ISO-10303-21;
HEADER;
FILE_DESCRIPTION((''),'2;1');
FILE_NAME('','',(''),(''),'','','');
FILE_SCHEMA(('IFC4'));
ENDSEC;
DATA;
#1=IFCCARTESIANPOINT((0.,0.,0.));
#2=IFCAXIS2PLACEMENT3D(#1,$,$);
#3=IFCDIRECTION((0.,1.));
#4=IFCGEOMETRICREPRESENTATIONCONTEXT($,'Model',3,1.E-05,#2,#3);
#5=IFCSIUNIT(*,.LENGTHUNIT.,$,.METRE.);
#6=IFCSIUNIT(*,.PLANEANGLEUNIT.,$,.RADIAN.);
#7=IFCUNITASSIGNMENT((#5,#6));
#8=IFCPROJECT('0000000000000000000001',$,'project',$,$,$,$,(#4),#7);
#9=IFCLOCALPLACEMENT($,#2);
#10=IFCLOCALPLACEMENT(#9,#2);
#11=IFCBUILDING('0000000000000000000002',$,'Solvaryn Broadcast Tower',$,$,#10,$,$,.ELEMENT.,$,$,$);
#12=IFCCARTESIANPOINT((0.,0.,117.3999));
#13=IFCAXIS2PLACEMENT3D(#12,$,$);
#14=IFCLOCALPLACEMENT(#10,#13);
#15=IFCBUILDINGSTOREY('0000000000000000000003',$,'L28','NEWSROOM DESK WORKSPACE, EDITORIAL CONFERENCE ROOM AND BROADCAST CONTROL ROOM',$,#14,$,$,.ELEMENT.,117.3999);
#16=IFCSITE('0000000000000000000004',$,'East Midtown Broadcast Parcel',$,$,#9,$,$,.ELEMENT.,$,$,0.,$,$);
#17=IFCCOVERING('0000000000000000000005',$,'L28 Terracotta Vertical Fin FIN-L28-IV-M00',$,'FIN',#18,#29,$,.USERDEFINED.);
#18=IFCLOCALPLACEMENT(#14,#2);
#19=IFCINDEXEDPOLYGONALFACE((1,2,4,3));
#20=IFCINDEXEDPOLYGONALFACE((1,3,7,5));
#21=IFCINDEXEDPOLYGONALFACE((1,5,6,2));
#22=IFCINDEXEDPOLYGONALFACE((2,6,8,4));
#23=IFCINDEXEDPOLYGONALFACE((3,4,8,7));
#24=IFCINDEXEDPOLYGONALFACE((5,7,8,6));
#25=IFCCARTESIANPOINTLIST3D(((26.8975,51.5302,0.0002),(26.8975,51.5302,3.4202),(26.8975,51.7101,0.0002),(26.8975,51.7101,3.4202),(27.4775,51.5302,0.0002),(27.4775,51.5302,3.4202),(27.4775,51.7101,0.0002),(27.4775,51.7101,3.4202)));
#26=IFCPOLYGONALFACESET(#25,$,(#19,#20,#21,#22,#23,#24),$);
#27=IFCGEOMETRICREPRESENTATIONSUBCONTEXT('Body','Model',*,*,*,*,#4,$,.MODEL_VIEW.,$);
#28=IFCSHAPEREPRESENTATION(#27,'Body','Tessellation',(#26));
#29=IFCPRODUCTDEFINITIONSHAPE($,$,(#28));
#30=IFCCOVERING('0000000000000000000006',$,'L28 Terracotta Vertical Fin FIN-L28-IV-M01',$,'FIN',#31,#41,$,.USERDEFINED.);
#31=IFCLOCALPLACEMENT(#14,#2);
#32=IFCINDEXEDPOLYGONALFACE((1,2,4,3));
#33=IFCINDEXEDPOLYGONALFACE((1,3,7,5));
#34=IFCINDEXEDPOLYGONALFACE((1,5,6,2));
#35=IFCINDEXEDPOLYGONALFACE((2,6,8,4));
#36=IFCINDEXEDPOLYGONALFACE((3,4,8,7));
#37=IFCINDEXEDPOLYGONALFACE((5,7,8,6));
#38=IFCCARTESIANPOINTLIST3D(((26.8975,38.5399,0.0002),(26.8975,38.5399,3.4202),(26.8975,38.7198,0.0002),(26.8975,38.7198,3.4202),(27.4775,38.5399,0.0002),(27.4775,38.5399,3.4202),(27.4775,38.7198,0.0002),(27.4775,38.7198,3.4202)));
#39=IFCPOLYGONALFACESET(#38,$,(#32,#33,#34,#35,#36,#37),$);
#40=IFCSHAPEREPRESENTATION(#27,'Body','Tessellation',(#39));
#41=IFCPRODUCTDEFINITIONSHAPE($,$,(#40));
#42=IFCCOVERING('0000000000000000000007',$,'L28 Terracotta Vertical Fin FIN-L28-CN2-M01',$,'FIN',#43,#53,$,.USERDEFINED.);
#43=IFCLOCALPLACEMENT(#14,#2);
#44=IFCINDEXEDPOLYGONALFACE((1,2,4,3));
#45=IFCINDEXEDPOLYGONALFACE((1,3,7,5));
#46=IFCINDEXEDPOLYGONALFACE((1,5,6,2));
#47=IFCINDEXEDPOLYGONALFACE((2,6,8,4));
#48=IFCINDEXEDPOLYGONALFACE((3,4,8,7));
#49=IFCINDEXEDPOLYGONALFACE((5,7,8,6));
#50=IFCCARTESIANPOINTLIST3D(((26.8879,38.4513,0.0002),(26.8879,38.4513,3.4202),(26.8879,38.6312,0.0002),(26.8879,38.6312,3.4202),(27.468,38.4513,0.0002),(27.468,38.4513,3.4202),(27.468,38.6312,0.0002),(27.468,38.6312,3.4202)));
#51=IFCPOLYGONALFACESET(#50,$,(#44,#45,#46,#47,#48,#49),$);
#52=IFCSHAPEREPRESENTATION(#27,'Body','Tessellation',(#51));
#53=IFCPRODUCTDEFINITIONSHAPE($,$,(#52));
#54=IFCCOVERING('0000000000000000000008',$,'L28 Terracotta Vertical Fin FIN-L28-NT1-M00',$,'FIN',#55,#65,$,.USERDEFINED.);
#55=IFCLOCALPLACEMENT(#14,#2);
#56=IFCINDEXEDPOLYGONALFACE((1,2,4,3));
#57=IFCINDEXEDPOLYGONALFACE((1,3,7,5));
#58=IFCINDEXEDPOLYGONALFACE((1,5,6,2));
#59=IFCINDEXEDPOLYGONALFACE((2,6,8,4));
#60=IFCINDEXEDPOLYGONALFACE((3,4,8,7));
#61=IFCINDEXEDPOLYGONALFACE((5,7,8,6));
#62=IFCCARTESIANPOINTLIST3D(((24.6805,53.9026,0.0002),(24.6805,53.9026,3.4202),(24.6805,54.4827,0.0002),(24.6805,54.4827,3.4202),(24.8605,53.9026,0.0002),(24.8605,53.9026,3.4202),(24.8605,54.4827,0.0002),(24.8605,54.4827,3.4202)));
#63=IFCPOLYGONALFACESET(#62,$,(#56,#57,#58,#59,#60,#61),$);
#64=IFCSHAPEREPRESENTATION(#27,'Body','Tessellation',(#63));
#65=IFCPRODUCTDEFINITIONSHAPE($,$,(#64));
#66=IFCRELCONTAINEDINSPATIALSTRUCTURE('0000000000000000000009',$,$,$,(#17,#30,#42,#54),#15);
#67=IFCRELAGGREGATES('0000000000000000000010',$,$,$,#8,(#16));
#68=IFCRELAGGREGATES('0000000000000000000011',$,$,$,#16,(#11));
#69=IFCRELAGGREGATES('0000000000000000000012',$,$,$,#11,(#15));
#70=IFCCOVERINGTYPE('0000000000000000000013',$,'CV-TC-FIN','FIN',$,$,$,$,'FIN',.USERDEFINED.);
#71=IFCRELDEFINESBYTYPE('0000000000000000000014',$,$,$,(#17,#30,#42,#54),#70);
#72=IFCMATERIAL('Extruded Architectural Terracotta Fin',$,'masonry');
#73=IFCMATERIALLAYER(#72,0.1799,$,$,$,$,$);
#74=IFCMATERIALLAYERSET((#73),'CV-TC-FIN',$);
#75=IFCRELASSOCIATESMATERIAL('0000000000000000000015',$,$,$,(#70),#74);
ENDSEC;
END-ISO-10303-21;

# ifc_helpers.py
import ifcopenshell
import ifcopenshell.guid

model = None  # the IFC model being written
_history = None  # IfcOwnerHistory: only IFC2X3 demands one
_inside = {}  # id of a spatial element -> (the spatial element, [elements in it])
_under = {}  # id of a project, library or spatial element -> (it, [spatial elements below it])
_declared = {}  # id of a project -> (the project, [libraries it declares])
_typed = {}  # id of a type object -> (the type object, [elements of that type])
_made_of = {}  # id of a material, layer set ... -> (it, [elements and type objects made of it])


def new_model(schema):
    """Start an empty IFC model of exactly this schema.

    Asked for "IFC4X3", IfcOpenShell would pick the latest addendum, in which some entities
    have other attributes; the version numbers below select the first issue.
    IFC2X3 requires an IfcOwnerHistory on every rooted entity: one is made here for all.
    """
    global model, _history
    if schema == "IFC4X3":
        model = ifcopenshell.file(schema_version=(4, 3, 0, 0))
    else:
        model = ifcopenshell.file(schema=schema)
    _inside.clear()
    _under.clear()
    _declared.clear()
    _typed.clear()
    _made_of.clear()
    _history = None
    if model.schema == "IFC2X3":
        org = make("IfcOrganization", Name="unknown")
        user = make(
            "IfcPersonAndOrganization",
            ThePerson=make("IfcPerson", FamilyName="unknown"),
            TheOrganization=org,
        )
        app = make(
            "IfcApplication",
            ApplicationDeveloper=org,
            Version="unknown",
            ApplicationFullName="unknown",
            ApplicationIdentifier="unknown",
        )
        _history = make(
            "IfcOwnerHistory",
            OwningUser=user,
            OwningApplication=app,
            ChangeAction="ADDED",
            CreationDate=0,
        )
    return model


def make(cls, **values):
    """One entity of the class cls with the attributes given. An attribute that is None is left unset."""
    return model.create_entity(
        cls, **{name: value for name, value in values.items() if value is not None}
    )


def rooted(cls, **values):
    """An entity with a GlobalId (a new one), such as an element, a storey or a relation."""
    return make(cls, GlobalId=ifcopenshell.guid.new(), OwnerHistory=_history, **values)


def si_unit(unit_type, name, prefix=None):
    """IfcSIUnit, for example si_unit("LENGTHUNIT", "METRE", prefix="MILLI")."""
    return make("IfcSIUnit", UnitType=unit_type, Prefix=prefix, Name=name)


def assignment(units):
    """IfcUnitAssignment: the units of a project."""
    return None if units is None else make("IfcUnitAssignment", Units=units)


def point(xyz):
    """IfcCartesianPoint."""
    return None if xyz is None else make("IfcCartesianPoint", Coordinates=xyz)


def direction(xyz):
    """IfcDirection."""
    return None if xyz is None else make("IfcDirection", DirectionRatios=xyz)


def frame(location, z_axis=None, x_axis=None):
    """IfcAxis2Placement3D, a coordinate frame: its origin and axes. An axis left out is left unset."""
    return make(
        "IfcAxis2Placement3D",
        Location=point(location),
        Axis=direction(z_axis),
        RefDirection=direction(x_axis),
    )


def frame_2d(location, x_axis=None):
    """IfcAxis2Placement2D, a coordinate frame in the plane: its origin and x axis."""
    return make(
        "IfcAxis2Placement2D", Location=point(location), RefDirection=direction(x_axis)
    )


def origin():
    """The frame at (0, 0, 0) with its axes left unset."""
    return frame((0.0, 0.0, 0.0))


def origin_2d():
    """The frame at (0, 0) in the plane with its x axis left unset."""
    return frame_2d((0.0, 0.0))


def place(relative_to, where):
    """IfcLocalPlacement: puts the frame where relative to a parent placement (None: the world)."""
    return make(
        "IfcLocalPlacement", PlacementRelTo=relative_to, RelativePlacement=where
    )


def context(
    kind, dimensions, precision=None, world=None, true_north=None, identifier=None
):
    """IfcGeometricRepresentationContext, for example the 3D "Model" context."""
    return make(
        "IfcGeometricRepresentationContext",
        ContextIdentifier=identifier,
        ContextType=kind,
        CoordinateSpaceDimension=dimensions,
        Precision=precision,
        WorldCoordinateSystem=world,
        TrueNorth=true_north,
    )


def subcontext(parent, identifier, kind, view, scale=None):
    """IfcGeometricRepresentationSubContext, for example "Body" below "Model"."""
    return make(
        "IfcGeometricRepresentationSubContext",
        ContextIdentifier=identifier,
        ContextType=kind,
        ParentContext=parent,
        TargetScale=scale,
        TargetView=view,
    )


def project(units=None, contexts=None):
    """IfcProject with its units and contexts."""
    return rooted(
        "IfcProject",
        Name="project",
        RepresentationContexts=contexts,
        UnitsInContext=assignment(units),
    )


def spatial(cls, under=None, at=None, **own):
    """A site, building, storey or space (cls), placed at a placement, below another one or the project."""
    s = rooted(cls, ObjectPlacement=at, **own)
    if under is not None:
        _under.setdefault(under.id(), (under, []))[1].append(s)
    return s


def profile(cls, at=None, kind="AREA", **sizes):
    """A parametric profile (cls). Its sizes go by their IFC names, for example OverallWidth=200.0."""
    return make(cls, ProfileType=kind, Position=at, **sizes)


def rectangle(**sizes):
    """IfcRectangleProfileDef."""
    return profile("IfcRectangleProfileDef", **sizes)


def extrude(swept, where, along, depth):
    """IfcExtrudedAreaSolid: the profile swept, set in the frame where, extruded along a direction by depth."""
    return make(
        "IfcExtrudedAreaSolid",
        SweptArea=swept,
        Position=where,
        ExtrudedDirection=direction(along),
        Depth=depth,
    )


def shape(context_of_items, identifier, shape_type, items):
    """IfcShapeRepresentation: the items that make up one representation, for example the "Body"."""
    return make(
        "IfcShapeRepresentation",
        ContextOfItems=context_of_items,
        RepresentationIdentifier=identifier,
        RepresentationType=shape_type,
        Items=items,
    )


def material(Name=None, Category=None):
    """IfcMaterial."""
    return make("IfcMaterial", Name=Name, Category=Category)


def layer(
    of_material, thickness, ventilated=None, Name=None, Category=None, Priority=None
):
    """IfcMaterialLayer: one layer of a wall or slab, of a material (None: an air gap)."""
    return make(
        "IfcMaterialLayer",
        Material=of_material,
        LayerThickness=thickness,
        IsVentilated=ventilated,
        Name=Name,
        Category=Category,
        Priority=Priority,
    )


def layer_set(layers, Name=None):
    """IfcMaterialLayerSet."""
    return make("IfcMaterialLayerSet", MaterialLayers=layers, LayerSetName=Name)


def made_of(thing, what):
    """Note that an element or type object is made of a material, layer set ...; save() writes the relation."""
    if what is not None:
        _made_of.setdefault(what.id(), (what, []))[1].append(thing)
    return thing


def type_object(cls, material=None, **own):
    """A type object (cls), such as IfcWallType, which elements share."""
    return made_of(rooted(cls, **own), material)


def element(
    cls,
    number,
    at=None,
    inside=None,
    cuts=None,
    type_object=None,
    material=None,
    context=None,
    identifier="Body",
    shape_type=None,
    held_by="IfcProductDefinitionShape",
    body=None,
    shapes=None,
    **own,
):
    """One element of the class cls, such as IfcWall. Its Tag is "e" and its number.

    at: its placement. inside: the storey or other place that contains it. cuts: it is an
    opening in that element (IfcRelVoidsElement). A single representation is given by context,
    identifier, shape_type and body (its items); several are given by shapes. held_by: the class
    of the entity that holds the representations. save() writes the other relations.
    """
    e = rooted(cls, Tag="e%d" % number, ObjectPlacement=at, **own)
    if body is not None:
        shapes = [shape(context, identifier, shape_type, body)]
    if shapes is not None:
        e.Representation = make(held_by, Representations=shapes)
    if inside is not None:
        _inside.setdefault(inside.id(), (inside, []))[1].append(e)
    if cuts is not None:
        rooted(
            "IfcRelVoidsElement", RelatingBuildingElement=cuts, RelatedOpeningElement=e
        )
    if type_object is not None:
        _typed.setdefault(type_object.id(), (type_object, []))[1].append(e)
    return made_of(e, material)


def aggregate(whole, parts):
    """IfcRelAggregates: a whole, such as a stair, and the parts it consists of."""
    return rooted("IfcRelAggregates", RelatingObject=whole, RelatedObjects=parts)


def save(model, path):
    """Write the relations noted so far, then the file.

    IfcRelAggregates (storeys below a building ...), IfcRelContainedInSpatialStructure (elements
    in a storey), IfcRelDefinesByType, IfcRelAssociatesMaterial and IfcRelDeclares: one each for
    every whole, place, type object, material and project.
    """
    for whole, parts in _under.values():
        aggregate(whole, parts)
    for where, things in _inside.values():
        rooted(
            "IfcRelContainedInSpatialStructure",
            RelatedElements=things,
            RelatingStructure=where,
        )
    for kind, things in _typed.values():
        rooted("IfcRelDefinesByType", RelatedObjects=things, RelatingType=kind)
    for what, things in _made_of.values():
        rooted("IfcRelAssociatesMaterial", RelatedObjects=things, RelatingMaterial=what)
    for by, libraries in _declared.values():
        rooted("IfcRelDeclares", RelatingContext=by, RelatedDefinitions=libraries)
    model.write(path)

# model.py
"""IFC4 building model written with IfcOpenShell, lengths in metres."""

from ifc_helpers import new_model, si_unit, direction, frame, origin, origin_2d, place, context, subcontext, project, spatial, rectangle, extrude, material, layer, layer_set, type_object, element, save


model = new_model("IFC4")

# Units and contexts
model_context = context("Model", 3, precision=1e-05, world=origin(), true_north=direction((0.0, 1.0)))
body_context = subcontext(model_context, "Body", "Model", "MODEL_VIEW")
ifc_project = project(units=[si_unit("LENGTHUNIT", "METRE"), si_unit("PLANEANGLEUNIT", "RADIAN")], contexts=[model_context])

# Site, building, storey
site_placement = place(None, origin())
site = spatial("IfcSite", under=ifc_project, at=site_placement, Name="East Midtown Broadcast Parcel", CompositionType="ELEMENT", RefElevation=0.0)
building_placement = place(site_placement, origin())
building = spatial("IfcBuilding", under=site, at=building_placement, Name="Solvaryn Broadcast Tower", CompositionType="ELEMENT")
storey_placement = place(building_placement, frame((0.0, 0.0, 117.3999)))
storey = spatial("IfcBuildingStorey", under=building, at=storey_placement, Name="L28", Description="NEWSROOM DESK WORKSPACE, EDITORIAL CONFERENCE ROOM AND BROADCAST CONTROL ROOM", CompositionType="ELEMENT", Elevation=117.3999)

# Coverings
ifc_material_1 = material(Name="Extruded Architectural Terracotta Fin", Category="masonry")
ifc_layer_1 = layer(ifc_material_1, 0.1799)
ifc_layer_set_1 = layer_set([ifc_layer_1], Name="CV-TC-FIN")
covering_type = type_object("IfcCoveringType", Name="CV-TC-FIN", Description="FIN", ElementType="FIN", PredefinedType="USERDEFINED", material=ifc_layer_set_1)
for number, where, z_axis, x_axis, name in (
    (1, (27.1875, 51.6201, 0.0002), (0.0, 0.0, 1.0), (1.0, 0.0, 0.0), "L28 Terracotta Vertical Fin FIN-L28-IV-M00"),
    (2, (27.1875, 38.6299, 0.0002), (0.0, 0.0, 1.0), (1.0, 0.0, 0.0), "L28 Terracotta Vertical Fin FIN-L28-IV-M01"),
    (3, (27.178, 38.5413, 0.0002), (0.0, 0.0, 1.0), (1.0, 0.0, 0.0), "L28 Terracotta Vertical Fin FIN-L28-CN2-M01"),
):
    element("IfcCovering", number, at=place(storey_placement, frame(where, z_axis=z_axis, x_axis=x_axis)), inside=storey, type_object=covering_type, Name=name, ObjectType="FIN", PredefinedType="USERDEFINED", context=body_context, shape_type="SweptSolid", body=[
        extrude(rectangle(XDim=0.5801, YDim=0.1799, at=origin_2d()), origin(), (0.0, 0.0, 1.0), 3.4199),
    ])
covering_placement = place(storey_placement, frame((24.7705, 54.1926, 0.0002), z_axis=(0.0, 0.0, 1.0), x_axis=(1.0, 0.0, 0.0)))
element("IfcCovering", 4, at=covering_placement, inside=storey, type_object=covering_type, Name="L28 Terracotta Vertical Fin FIN-L28-NT1-M00", ObjectType="FIN", PredefinedType="USERDEFINED", context=body_context, shape_type="SweptSolid", body=[
    extrude(rectangle(XDim=0.1799, YDim=0.5801, at=origin_2d()), origin(), (0.0, 0.0, 1.0), 3.4199),
])

save(model, "model.ifc")
